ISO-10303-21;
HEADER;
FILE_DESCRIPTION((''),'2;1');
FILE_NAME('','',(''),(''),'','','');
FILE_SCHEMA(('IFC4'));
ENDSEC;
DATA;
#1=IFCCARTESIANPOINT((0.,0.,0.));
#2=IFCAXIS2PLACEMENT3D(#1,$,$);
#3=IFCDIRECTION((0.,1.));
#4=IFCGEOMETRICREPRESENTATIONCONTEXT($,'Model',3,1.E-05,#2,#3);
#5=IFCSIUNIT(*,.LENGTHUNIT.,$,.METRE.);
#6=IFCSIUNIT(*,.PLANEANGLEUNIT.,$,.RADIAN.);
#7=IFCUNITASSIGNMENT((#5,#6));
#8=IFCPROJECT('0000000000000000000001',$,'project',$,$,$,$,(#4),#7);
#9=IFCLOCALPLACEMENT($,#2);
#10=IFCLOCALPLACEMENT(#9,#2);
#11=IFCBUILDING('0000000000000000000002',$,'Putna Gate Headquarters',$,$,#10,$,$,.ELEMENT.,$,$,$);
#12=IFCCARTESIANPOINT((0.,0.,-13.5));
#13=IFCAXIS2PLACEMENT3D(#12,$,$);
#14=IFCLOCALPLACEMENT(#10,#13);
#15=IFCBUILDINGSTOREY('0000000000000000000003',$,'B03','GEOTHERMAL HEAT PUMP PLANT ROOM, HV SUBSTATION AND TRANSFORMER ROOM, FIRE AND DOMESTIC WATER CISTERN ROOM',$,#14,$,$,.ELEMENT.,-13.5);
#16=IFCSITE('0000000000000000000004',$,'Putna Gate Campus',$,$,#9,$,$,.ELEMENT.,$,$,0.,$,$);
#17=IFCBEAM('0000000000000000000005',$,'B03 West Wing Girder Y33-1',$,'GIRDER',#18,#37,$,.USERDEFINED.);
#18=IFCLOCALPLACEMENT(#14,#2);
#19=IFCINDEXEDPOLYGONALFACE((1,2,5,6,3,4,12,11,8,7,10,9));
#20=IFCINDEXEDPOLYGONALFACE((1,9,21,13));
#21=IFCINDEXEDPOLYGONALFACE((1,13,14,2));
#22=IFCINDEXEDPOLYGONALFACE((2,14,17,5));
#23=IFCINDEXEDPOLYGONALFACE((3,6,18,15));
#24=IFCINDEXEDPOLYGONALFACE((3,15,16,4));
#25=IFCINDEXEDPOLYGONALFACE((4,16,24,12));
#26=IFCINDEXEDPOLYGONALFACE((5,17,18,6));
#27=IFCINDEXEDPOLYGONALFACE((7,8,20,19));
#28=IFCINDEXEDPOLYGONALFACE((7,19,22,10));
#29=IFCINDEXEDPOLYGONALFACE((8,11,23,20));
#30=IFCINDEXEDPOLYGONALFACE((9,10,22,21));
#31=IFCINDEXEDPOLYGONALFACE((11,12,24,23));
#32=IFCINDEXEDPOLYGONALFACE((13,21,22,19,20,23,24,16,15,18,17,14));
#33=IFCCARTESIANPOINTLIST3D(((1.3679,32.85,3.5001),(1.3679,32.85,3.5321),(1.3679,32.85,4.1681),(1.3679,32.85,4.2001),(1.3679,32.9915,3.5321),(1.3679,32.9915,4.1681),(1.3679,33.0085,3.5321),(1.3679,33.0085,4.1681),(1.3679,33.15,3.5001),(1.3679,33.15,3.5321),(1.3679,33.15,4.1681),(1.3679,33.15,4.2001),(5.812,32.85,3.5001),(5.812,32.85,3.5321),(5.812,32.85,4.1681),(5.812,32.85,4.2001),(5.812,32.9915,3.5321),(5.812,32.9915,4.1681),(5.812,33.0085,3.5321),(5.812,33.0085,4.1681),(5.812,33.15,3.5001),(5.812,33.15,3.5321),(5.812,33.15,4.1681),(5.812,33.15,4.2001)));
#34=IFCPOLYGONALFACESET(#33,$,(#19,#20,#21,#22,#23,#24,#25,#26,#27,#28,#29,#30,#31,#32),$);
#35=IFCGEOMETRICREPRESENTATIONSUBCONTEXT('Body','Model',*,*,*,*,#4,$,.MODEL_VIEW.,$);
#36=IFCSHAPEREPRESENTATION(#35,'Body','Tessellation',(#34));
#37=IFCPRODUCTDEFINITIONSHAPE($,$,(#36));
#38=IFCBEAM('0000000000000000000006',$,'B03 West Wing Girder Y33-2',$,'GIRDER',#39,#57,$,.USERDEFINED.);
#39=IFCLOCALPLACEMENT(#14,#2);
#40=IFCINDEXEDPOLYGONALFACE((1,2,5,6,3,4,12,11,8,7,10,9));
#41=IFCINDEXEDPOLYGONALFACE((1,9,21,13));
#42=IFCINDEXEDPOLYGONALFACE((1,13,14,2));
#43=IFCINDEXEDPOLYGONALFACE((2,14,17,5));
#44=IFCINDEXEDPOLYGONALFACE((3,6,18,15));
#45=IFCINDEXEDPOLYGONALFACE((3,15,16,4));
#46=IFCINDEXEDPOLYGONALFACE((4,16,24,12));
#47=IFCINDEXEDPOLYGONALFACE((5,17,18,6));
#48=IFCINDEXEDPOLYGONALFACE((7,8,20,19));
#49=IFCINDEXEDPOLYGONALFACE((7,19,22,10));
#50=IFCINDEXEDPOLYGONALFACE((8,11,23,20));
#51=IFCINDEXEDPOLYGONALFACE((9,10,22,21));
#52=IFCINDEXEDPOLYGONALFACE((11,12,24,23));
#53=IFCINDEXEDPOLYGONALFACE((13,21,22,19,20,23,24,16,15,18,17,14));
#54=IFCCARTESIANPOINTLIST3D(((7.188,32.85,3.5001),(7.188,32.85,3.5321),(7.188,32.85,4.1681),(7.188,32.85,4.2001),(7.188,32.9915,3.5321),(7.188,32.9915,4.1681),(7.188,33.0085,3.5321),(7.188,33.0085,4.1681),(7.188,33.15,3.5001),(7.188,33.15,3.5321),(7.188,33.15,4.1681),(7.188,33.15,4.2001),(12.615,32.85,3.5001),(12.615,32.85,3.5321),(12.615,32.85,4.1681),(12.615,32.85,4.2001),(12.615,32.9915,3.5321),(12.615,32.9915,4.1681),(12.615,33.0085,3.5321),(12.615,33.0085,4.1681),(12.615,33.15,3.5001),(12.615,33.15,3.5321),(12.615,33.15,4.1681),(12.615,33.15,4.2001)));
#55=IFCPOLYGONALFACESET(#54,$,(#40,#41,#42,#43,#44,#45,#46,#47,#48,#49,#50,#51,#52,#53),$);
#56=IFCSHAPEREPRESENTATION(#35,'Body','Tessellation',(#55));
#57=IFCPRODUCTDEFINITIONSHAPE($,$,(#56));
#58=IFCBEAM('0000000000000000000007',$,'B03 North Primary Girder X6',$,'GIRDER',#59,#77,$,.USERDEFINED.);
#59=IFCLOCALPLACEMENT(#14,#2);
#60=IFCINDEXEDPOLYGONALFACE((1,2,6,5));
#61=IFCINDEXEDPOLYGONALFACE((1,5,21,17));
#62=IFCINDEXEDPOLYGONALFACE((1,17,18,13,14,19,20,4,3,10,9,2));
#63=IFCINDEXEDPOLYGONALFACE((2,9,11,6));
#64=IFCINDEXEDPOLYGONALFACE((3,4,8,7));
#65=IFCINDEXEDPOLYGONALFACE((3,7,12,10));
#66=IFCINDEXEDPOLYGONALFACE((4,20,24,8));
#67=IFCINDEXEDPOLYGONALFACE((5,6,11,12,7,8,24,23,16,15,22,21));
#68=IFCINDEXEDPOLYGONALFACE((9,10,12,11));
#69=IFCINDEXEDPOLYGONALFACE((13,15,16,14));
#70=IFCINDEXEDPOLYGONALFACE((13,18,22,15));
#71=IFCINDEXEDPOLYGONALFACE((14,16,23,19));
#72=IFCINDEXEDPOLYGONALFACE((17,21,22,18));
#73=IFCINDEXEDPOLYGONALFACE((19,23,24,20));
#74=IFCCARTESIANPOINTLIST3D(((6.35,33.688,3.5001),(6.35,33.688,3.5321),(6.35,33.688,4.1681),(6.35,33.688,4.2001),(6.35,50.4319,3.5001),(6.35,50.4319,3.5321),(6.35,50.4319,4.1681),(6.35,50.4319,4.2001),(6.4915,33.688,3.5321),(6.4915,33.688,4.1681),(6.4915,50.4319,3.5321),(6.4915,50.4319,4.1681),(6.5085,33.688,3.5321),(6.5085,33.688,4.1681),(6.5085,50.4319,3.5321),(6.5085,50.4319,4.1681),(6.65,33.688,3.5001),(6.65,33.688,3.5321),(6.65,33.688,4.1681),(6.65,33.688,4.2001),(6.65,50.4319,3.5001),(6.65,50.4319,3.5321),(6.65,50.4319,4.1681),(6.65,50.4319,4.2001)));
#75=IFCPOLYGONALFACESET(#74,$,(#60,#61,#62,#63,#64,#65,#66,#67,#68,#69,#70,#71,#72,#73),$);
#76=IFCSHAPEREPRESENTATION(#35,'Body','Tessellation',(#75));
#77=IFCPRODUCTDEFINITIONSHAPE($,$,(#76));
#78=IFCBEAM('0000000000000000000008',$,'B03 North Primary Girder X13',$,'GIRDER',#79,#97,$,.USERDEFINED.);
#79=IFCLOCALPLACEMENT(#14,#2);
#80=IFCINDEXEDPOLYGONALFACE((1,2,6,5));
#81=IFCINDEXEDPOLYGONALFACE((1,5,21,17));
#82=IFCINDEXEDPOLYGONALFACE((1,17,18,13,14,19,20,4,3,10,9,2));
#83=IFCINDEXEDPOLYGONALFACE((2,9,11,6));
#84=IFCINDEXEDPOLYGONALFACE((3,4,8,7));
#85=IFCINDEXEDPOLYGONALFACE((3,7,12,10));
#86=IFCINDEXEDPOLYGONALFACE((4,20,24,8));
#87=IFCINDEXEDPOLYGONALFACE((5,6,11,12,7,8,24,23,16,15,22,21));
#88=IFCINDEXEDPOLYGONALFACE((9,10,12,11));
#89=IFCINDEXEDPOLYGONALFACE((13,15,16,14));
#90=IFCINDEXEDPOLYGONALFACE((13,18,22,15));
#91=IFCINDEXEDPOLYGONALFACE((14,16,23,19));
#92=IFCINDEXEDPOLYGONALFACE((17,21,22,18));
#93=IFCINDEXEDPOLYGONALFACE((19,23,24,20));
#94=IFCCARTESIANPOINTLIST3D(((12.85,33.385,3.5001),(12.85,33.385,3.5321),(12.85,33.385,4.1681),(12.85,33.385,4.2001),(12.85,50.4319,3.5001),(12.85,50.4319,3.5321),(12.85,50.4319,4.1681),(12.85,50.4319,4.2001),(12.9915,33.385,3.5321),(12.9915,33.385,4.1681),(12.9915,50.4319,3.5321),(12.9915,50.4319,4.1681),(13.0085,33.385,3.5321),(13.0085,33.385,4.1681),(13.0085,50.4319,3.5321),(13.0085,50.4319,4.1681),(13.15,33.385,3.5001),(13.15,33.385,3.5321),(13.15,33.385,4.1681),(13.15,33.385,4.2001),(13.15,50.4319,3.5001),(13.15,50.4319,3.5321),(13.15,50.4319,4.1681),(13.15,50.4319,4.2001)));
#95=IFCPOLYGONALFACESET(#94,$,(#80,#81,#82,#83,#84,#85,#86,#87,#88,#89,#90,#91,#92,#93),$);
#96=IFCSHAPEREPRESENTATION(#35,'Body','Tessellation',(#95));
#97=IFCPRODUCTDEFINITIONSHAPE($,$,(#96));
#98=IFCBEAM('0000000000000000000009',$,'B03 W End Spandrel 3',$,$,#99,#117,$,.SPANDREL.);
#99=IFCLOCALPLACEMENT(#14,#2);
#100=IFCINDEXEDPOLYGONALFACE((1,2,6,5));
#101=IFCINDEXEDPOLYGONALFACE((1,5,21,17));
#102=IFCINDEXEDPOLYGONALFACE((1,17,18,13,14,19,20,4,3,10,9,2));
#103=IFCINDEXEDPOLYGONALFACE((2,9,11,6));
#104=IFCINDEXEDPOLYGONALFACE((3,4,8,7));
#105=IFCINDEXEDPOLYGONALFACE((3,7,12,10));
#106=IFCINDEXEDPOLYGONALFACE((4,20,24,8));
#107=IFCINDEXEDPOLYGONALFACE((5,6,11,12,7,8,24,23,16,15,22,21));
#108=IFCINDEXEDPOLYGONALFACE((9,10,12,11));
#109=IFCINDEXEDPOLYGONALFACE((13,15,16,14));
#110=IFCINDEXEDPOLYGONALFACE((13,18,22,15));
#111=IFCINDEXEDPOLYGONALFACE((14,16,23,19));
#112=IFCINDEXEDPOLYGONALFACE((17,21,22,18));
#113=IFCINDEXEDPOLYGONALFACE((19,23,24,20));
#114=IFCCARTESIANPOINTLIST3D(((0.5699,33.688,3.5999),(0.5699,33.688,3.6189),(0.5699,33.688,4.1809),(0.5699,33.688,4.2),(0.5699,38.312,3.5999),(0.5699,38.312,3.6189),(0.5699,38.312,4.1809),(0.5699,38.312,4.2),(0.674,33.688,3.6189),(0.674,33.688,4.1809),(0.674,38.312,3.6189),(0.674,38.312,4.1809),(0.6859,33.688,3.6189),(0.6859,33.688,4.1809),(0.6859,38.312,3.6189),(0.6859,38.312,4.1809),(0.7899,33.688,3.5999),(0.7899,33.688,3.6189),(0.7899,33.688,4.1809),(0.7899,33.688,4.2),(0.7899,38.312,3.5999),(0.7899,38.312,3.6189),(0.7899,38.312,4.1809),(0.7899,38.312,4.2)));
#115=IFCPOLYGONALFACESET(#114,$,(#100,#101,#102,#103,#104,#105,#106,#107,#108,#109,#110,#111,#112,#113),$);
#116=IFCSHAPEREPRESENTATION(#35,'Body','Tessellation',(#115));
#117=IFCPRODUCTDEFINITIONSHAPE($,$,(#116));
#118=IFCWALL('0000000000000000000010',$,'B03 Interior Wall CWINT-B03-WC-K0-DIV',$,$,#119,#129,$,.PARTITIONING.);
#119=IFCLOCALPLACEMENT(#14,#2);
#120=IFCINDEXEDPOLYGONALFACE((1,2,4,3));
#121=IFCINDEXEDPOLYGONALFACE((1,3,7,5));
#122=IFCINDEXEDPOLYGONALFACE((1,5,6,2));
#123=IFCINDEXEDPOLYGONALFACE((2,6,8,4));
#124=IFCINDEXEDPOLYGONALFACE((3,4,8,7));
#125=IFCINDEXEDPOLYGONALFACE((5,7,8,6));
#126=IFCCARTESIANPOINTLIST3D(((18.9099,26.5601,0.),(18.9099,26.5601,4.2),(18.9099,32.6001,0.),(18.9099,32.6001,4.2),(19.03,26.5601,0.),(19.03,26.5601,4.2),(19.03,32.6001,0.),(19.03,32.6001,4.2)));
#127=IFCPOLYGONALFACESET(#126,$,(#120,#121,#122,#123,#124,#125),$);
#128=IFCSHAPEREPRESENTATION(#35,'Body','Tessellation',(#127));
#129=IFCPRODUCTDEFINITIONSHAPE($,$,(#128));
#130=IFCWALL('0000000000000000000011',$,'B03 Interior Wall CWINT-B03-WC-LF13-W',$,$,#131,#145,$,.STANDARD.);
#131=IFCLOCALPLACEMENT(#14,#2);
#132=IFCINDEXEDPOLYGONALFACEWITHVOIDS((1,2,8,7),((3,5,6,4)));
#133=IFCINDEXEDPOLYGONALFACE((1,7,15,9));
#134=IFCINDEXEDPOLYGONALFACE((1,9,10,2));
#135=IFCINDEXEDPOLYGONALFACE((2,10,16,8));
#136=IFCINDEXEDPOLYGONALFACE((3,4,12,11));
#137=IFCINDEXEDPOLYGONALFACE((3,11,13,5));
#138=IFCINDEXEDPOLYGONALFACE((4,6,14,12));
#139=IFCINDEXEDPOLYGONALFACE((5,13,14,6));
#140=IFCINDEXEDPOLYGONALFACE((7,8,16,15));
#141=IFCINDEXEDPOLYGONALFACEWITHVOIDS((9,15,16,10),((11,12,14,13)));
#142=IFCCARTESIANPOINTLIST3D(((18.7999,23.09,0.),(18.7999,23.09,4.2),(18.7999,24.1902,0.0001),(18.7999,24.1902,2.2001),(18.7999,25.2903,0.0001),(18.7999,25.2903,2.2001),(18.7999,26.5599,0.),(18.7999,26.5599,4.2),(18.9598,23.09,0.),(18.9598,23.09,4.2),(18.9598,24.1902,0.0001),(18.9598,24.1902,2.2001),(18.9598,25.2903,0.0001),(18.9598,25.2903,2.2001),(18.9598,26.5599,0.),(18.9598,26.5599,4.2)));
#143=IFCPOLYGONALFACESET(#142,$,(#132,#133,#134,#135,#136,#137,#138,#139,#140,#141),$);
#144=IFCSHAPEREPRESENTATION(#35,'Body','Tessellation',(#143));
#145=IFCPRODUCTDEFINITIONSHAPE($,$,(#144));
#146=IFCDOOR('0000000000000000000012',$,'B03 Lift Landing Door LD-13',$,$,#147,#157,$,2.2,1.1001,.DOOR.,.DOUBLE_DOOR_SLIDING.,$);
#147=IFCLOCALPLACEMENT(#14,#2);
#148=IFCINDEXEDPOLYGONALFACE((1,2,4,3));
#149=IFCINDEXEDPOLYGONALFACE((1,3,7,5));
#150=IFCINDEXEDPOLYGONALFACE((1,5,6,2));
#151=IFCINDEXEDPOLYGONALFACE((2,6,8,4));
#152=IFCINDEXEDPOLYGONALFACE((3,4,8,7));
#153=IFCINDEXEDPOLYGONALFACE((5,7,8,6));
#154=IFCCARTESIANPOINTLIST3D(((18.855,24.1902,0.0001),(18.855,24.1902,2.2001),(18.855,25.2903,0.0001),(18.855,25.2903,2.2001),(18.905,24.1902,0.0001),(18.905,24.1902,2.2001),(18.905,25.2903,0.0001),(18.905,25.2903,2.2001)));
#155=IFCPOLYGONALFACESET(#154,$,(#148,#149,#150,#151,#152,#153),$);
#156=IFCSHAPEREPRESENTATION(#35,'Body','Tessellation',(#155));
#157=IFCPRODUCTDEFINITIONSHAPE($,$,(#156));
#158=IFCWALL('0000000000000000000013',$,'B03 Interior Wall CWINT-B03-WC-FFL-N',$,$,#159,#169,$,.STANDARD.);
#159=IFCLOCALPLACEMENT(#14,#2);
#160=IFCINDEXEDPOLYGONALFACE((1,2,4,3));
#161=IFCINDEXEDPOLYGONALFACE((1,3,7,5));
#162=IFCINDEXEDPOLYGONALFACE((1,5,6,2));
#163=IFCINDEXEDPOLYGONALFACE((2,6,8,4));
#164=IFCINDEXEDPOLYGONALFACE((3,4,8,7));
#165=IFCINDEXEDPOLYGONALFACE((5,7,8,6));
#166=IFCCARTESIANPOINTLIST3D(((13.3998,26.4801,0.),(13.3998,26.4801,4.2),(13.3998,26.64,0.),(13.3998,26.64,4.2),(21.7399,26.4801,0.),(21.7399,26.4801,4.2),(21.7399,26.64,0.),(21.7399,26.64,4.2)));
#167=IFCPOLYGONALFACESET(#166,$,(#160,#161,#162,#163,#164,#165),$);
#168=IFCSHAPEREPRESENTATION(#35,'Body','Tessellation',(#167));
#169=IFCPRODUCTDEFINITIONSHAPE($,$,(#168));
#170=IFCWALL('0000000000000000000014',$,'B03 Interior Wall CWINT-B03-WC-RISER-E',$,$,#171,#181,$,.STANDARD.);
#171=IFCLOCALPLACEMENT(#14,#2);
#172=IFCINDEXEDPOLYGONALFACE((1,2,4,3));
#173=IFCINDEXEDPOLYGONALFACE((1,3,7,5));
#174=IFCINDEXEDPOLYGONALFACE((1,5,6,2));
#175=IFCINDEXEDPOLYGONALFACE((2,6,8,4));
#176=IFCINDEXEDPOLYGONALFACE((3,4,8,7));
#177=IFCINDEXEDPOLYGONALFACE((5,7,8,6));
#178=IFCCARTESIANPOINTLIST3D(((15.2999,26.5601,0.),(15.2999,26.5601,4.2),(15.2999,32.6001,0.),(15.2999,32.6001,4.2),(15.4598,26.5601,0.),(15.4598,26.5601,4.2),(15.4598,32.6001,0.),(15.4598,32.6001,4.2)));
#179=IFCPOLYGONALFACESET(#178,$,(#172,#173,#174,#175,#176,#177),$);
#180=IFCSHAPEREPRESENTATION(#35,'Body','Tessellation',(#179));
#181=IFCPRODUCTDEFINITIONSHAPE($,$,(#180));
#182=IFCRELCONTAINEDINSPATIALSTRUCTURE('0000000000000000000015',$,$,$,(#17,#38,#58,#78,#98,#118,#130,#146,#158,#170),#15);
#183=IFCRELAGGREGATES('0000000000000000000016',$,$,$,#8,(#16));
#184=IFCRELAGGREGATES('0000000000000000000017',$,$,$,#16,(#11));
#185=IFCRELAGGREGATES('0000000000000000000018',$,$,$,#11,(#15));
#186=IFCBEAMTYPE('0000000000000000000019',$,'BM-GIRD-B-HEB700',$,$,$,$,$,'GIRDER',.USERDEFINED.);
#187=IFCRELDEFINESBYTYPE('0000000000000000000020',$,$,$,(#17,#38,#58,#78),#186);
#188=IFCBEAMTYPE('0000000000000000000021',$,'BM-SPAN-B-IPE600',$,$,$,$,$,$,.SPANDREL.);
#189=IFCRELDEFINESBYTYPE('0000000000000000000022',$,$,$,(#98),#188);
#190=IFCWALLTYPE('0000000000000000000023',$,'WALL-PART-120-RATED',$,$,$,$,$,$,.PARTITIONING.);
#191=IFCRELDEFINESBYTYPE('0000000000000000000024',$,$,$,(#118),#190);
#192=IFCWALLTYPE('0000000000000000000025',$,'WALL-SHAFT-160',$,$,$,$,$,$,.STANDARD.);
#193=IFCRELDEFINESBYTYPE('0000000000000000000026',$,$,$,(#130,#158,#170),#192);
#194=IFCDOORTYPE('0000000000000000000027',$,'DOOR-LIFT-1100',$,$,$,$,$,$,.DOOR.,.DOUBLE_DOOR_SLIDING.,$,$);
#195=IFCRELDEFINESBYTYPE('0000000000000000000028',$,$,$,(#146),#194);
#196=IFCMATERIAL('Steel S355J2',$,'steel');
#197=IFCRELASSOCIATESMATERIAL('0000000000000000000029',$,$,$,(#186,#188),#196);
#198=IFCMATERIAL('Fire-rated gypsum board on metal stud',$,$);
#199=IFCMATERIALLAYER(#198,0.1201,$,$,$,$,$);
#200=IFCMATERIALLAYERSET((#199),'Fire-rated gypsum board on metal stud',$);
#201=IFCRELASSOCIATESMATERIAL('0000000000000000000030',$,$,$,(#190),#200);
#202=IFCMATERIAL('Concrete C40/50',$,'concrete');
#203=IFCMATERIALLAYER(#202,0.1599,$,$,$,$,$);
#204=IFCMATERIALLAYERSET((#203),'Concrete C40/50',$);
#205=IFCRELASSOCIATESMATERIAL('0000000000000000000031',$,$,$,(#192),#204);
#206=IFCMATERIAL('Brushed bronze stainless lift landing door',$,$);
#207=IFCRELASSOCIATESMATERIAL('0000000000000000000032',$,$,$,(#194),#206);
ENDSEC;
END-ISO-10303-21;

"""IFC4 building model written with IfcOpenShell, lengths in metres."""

from ifc_helpers import new_model, si_unit, direction, frame, frame_2d, origin, origin_2d, place, context, subcontext, project, spatial, rectangle, i_section, extrude, material, layer, layer_set, material_profile, profile_set, type_object, element, fill, save


model = new_model("IFC4")

# Units and contexts
model_context = context("Model", 3, precision=1e-05, world=origin(), true_north=direction((0.0, 1.0)))
body_context = subcontext(model_context, "Body", "Model", "MODEL_VIEW")
ifc_project = project(units=[si_unit("LENGTHUNIT", "METRE"), si_unit("PLANEANGLEUNIT", "RADIAN")], contexts=[model_context])

# Site, building, storey
site_placement = place(None, origin())
site = spatial("IfcSite", under=ifc_project, at=site_placement, Name="Putna Gate Campus", CompositionType="ELEMENT", RefElevation=0.0)
building_placement = place(site_placement, origin())
building = spatial("IfcBuilding", under=site, at=building_placement, Name="Putna Gate Headquarters", CompositionType="ELEMENT")
storey_placement = place(building_placement, frame((0.0, 0.0, -13.5)))
storey = spatial("IfcBuildingStorey", under=building, at=storey_placement, Name="B03", Description="GEOTHERMAL HEAT PUMP PLANT ROOM, HV SUBSTATION AND TRANSFORMER ROOM, FIRE AND DOMESTIC WATER CISTERN ROOM", CompositionType="ELEMENT", Elevation=-13.5)

# Shared definitions
ifc_material_1 = material(Name="Concrete C40/50", Category="concrete")

# Beams
ifc_material_2 = material(Name="Steel S355J2", Category="steel")
ifc_material_profile_1 = material_profile(ifc_material_2, i_section(OverallWidth=0.3, OverallDepth=0.7, WebThickness=0.0171, FlangeThickness=0.032, at=origin_2d()), Name="Steel S355J2")
ifc_profile_set_1 = profile_set([ifc_material_profile_1], Name="Steel S355J2")
beam_type_1 = type_object("IfcBeamType", Name="BM-GIRD-B-HEB700", ElementType="GIRDER", PredefinedType="USERDEFINED", material=ifc_profile_set_1)
beam_1_placement = place(storey_placement, frame((1.3679, 33.0, 3.8501), z_axis=(1.0, 0.0, 0.0), x_axis=(0.0, 1.0, 0.0)))
element("IfcBeam", 1, at=beam_1_placement, inside=storey, type_object=beam_type_1, Name="B03 West Wing Girder Y33-1", ObjectType="GIRDER", PredefinedType="USERDEFINED", context=body_context, shape_type="SweptSolid", body=[
    extrude(i_section(OverallWidth=0.3, OverallDepth=0.7, WebThickness=0.0171, FlangeThickness=0.032, at=origin_2d()), origin(), (0.0, 0.0, 1.0), 4.4441),
])
beam_2_placement = place(storey_placement, frame((7.188, 33.0, 3.8501), z_axis=(1.0, 0.0, 0.0), x_axis=(0.0, 1.0, 0.0)))
element("IfcBeam", 2, at=beam_2_placement, inside=storey, type_object=beam_type_1, Name="B03 West Wing Girder Y33-2", ObjectType="GIRDER", PredefinedType="USERDEFINED", context=body_context, shape_type="SweptSolid", body=[
    extrude(i_section(OverallWidth=0.3, OverallDepth=0.7, WebThickness=0.0171, FlangeThickness=0.032, at=origin_2d()), origin(), (0.0, 0.0, 1.0), 5.427),
])
beam_3_placement = place(storey_placement, frame((6.5, 33.688, 3.8501), z_axis=(0.0, 1.0, 0.0), x_axis=(-1.0, 0.0, 0.0)))
element("IfcBeam", 3, at=beam_3_placement, inside=storey, type_object=beam_type_1, Name="B03 North Primary Girder X6", ObjectType="GIRDER", PredefinedType="USERDEFINED", context=body_context, shape_type="SweptSolid", body=[
    extrude(i_section(OverallWidth=0.3, OverallDepth=0.7, WebThickness=0.0171, FlangeThickness=0.032, at=origin_2d()), origin(), (0.0, 0.0, 1.0), 16.7439),
])
beam_4_placement = place(storey_placement, frame((13.0, 33.385, 3.8501), z_axis=(0.0, 1.0, 0.0), x_axis=(-1.0, 0.0, 0.0)))
element("IfcBeam", 4, at=beam_4_placement, inside=storey, type_object=beam_type_1, Name="B03 North Primary Girder X13", ObjectType="GIRDER", PredefinedType="USERDEFINED", context=body_context, shape_type="SweptSolid", body=[
    extrude(i_section(OverallWidth=0.3, OverallDepth=0.7, WebThickness=0.0171, FlangeThickness=0.032, at=origin_2d()), origin(), (0.0, 0.0, 1.0), 17.0469),
])
ifc_material_profile_2 = material_profile(ifc_material_2, i_section(OverallWidth=0.22, OverallDepth=0.6001, WebThickness=0.012, FlangeThickness=0.019, at=origin_2d()), Name="Steel S355J2")
ifc_profile_set_2 = profile_set([ifc_material_profile_2], Name="Steel S355J2")
beam_type_2 = type_object("IfcBeamType", Name="BM-SPAN-B-IPE600", PredefinedType="SPANDREL", material=ifc_profile_set_2)
beam_5_placement = place(storey_placement, frame((0.6799, 33.688, 3.8999), z_axis=(0.0, 1.0, 0.0), x_axis=(-1.0, 0.0, 0.0)))
element("IfcBeam", 5, at=beam_5_placement, inside=storey, type_object=beam_type_2, Name="B03 W End Spandrel 3", PredefinedType="SPANDREL", context=body_context, shape_type="SweptSolid", body=[
    extrude(i_section(OverallWidth=0.22, OverallDepth=0.6001, WebThickness=0.012, FlangeThickness=0.019, at=origin_2d()), origin(), (0.0, 0.0, 1.0), 4.624),
])

# Wall
ifc_material_3 = material(Name="Fire-rated gypsum board on metal stud")
ifc_layer_1 = layer(ifc_material_3, 0.1201)
ifc_layer_set_1 = layer_set([ifc_layer_1], Name="Fire-rated gypsum board on metal stud")
wall_type_1 = type_object("IfcWallType", Name="WALL-PART-120-RATED", PredefinedType="PARTITIONING", material=ifc_layer_set_1)
wall_1_placement = place(storey_placement, frame((18.97, 26.5601, 0.0), z_axis=(0.0, 0.0, 1.0), x_axis=(0.0, 1.0, 0.0)))
element("IfcWall", 6, at=wall_1_placement, inside=storey, type_object=wall_type_1, Name="B03 Interior Wall CWINT-B03-WC-K0-DIV", PredefinedType="PARTITIONING", context=body_context, shape_type="SweptSolid", body=[
    extrude(rectangle(XDim=6.04, YDim=0.1201, at=frame_2d((3.02, 0.0))), origin(), (0.0, 0.0, 1.0), 4.2),
])

# Wall, opening, door
ifc_layer_2 = layer(ifc_material_1, 0.1599)
ifc_layer_set_2 = layer_set([ifc_layer_2], Name="Concrete C40/50")
wall_type_2 = type_object("IfcWallType", Name="WALL-SHAFT-160", PredefinedType="STANDARD", material=ifc_layer_set_2)
wall_2_placement = place(storey_placement, frame((18.8799, 23.0901, 0.0), z_axis=(0.0, 0.0, 1.0), x_axis=(0.0, 1.0, 0.0)))
wall_2 = element("IfcWall", 7, at=wall_2_placement, inside=storey, type_object=wall_type_2, Name="B03 Interior Wall CWINT-B03-WC-LF13-W", PredefinedType="STANDARD", context=body_context, shape_type="SweptSolid", body=[
    extrude(rectangle(XDim=3.47, YDim=0.1599, at=frame_2d((1.7349, 0.0))), origin(), (0.0, 0.0, 1.0), 4.2),
])
opening_1_placement = place(wall_2_placement, frame((1.1001, 0.0, 0.0)))
opening_1 = element("IfcOpeningElement", 8, at=opening_1_placement, cuts=wall_2, PredefinedType="OPENING", context=body_context, shape_type="SweptSolid", body=[
    extrude(rectangle(XDim=1.1001, YDim=2.2, at=frame_2d((0.55, 1.1001))), frame((0.0, 0.0898, 0.0), z_axis=(0.0, -1.0, 0.0), x_axis=(1.0, 0.0, 0.0)), (0.0, 0.0, 1.0), 0.1799),
])
ifc_material_4 = material(Name="Brushed bronze stainless lift landing door")
door_type_1 = type_object("IfcDoorType", Name="DOOR-LIFT-1100", OperationType="DOUBLE_DOOR_SLIDING", PredefinedType="DOOR", material=ifc_material_4)
door_1_placement = place(opening_1_placement, origin())
door_1 = element("IfcDoor", 9, at=door_1_placement, inside=storey, type_object=door_type_1, Name="B03 Lift Landing Door LD-13", OperationType="DOUBLE_DOOR_SLIDING", OverallHeight=2.2, OverallWidth=1.1001, PredefinedType="DOOR", context=body_context, shape_type="SweptSolid", body=[
    extrude(rectangle(XDim=1.1001, YDim=2.2, at=frame_2d((0.55, 1.1001))), frame((0.0, 0.0249, 0.0), z_axis=(0.0, -1.0, 0.0), x_axis=(1.0, 0.0, 0.0)), (0.0, 0.0, 1.0), 0.05),
])
fill(opening_1, door_1)

# Walls
wall_3_placement = place(storey_placement, frame((13.3999, 26.5601, 0.0), z_axis=(0.0, 0.0, 1.0), x_axis=(1.0, 0.0, 0.0)))
element("IfcWall", 10, at=wall_3_placement, inside=storey, type_object=wall_type_2, Name="B03 Interior Wall CWINT-B03-WC-FFL-N", PredefinedType="STANDARD", context=body_context, shape_type="SweptSolid", body=[
    extrude(rectangle(XDim=8.3401, YDim=0.1599, at=frame_2d((4.1699, 0.0))), origin(), (0.0, 0.0, 1.0), 4.2),
])
wall_4_placement = place(storey_placement, frame((15.3799, 26.5601, 0.0), z_axis=(0.0, 0.0, 1.0), x_axis=(0.0, 1.0, 0.0)))
element("IfcWall", 11, at=wall_4_placement, inside=storey, type_object=wall_type_2, Name="B03 Interior Wall CWINT-B03-WC-RISER-E", PredefinedType="STANDARD", context=body_context, shape_type="SweptSolid", body=[
    extrude(rectangle(XDim=6.04, YDim=0.1599, at=frame_2d((3.02, 0.0))), origin(), (0.0, 0.0, 1.0), 4.2),
])

save(model, "model.ifc")
